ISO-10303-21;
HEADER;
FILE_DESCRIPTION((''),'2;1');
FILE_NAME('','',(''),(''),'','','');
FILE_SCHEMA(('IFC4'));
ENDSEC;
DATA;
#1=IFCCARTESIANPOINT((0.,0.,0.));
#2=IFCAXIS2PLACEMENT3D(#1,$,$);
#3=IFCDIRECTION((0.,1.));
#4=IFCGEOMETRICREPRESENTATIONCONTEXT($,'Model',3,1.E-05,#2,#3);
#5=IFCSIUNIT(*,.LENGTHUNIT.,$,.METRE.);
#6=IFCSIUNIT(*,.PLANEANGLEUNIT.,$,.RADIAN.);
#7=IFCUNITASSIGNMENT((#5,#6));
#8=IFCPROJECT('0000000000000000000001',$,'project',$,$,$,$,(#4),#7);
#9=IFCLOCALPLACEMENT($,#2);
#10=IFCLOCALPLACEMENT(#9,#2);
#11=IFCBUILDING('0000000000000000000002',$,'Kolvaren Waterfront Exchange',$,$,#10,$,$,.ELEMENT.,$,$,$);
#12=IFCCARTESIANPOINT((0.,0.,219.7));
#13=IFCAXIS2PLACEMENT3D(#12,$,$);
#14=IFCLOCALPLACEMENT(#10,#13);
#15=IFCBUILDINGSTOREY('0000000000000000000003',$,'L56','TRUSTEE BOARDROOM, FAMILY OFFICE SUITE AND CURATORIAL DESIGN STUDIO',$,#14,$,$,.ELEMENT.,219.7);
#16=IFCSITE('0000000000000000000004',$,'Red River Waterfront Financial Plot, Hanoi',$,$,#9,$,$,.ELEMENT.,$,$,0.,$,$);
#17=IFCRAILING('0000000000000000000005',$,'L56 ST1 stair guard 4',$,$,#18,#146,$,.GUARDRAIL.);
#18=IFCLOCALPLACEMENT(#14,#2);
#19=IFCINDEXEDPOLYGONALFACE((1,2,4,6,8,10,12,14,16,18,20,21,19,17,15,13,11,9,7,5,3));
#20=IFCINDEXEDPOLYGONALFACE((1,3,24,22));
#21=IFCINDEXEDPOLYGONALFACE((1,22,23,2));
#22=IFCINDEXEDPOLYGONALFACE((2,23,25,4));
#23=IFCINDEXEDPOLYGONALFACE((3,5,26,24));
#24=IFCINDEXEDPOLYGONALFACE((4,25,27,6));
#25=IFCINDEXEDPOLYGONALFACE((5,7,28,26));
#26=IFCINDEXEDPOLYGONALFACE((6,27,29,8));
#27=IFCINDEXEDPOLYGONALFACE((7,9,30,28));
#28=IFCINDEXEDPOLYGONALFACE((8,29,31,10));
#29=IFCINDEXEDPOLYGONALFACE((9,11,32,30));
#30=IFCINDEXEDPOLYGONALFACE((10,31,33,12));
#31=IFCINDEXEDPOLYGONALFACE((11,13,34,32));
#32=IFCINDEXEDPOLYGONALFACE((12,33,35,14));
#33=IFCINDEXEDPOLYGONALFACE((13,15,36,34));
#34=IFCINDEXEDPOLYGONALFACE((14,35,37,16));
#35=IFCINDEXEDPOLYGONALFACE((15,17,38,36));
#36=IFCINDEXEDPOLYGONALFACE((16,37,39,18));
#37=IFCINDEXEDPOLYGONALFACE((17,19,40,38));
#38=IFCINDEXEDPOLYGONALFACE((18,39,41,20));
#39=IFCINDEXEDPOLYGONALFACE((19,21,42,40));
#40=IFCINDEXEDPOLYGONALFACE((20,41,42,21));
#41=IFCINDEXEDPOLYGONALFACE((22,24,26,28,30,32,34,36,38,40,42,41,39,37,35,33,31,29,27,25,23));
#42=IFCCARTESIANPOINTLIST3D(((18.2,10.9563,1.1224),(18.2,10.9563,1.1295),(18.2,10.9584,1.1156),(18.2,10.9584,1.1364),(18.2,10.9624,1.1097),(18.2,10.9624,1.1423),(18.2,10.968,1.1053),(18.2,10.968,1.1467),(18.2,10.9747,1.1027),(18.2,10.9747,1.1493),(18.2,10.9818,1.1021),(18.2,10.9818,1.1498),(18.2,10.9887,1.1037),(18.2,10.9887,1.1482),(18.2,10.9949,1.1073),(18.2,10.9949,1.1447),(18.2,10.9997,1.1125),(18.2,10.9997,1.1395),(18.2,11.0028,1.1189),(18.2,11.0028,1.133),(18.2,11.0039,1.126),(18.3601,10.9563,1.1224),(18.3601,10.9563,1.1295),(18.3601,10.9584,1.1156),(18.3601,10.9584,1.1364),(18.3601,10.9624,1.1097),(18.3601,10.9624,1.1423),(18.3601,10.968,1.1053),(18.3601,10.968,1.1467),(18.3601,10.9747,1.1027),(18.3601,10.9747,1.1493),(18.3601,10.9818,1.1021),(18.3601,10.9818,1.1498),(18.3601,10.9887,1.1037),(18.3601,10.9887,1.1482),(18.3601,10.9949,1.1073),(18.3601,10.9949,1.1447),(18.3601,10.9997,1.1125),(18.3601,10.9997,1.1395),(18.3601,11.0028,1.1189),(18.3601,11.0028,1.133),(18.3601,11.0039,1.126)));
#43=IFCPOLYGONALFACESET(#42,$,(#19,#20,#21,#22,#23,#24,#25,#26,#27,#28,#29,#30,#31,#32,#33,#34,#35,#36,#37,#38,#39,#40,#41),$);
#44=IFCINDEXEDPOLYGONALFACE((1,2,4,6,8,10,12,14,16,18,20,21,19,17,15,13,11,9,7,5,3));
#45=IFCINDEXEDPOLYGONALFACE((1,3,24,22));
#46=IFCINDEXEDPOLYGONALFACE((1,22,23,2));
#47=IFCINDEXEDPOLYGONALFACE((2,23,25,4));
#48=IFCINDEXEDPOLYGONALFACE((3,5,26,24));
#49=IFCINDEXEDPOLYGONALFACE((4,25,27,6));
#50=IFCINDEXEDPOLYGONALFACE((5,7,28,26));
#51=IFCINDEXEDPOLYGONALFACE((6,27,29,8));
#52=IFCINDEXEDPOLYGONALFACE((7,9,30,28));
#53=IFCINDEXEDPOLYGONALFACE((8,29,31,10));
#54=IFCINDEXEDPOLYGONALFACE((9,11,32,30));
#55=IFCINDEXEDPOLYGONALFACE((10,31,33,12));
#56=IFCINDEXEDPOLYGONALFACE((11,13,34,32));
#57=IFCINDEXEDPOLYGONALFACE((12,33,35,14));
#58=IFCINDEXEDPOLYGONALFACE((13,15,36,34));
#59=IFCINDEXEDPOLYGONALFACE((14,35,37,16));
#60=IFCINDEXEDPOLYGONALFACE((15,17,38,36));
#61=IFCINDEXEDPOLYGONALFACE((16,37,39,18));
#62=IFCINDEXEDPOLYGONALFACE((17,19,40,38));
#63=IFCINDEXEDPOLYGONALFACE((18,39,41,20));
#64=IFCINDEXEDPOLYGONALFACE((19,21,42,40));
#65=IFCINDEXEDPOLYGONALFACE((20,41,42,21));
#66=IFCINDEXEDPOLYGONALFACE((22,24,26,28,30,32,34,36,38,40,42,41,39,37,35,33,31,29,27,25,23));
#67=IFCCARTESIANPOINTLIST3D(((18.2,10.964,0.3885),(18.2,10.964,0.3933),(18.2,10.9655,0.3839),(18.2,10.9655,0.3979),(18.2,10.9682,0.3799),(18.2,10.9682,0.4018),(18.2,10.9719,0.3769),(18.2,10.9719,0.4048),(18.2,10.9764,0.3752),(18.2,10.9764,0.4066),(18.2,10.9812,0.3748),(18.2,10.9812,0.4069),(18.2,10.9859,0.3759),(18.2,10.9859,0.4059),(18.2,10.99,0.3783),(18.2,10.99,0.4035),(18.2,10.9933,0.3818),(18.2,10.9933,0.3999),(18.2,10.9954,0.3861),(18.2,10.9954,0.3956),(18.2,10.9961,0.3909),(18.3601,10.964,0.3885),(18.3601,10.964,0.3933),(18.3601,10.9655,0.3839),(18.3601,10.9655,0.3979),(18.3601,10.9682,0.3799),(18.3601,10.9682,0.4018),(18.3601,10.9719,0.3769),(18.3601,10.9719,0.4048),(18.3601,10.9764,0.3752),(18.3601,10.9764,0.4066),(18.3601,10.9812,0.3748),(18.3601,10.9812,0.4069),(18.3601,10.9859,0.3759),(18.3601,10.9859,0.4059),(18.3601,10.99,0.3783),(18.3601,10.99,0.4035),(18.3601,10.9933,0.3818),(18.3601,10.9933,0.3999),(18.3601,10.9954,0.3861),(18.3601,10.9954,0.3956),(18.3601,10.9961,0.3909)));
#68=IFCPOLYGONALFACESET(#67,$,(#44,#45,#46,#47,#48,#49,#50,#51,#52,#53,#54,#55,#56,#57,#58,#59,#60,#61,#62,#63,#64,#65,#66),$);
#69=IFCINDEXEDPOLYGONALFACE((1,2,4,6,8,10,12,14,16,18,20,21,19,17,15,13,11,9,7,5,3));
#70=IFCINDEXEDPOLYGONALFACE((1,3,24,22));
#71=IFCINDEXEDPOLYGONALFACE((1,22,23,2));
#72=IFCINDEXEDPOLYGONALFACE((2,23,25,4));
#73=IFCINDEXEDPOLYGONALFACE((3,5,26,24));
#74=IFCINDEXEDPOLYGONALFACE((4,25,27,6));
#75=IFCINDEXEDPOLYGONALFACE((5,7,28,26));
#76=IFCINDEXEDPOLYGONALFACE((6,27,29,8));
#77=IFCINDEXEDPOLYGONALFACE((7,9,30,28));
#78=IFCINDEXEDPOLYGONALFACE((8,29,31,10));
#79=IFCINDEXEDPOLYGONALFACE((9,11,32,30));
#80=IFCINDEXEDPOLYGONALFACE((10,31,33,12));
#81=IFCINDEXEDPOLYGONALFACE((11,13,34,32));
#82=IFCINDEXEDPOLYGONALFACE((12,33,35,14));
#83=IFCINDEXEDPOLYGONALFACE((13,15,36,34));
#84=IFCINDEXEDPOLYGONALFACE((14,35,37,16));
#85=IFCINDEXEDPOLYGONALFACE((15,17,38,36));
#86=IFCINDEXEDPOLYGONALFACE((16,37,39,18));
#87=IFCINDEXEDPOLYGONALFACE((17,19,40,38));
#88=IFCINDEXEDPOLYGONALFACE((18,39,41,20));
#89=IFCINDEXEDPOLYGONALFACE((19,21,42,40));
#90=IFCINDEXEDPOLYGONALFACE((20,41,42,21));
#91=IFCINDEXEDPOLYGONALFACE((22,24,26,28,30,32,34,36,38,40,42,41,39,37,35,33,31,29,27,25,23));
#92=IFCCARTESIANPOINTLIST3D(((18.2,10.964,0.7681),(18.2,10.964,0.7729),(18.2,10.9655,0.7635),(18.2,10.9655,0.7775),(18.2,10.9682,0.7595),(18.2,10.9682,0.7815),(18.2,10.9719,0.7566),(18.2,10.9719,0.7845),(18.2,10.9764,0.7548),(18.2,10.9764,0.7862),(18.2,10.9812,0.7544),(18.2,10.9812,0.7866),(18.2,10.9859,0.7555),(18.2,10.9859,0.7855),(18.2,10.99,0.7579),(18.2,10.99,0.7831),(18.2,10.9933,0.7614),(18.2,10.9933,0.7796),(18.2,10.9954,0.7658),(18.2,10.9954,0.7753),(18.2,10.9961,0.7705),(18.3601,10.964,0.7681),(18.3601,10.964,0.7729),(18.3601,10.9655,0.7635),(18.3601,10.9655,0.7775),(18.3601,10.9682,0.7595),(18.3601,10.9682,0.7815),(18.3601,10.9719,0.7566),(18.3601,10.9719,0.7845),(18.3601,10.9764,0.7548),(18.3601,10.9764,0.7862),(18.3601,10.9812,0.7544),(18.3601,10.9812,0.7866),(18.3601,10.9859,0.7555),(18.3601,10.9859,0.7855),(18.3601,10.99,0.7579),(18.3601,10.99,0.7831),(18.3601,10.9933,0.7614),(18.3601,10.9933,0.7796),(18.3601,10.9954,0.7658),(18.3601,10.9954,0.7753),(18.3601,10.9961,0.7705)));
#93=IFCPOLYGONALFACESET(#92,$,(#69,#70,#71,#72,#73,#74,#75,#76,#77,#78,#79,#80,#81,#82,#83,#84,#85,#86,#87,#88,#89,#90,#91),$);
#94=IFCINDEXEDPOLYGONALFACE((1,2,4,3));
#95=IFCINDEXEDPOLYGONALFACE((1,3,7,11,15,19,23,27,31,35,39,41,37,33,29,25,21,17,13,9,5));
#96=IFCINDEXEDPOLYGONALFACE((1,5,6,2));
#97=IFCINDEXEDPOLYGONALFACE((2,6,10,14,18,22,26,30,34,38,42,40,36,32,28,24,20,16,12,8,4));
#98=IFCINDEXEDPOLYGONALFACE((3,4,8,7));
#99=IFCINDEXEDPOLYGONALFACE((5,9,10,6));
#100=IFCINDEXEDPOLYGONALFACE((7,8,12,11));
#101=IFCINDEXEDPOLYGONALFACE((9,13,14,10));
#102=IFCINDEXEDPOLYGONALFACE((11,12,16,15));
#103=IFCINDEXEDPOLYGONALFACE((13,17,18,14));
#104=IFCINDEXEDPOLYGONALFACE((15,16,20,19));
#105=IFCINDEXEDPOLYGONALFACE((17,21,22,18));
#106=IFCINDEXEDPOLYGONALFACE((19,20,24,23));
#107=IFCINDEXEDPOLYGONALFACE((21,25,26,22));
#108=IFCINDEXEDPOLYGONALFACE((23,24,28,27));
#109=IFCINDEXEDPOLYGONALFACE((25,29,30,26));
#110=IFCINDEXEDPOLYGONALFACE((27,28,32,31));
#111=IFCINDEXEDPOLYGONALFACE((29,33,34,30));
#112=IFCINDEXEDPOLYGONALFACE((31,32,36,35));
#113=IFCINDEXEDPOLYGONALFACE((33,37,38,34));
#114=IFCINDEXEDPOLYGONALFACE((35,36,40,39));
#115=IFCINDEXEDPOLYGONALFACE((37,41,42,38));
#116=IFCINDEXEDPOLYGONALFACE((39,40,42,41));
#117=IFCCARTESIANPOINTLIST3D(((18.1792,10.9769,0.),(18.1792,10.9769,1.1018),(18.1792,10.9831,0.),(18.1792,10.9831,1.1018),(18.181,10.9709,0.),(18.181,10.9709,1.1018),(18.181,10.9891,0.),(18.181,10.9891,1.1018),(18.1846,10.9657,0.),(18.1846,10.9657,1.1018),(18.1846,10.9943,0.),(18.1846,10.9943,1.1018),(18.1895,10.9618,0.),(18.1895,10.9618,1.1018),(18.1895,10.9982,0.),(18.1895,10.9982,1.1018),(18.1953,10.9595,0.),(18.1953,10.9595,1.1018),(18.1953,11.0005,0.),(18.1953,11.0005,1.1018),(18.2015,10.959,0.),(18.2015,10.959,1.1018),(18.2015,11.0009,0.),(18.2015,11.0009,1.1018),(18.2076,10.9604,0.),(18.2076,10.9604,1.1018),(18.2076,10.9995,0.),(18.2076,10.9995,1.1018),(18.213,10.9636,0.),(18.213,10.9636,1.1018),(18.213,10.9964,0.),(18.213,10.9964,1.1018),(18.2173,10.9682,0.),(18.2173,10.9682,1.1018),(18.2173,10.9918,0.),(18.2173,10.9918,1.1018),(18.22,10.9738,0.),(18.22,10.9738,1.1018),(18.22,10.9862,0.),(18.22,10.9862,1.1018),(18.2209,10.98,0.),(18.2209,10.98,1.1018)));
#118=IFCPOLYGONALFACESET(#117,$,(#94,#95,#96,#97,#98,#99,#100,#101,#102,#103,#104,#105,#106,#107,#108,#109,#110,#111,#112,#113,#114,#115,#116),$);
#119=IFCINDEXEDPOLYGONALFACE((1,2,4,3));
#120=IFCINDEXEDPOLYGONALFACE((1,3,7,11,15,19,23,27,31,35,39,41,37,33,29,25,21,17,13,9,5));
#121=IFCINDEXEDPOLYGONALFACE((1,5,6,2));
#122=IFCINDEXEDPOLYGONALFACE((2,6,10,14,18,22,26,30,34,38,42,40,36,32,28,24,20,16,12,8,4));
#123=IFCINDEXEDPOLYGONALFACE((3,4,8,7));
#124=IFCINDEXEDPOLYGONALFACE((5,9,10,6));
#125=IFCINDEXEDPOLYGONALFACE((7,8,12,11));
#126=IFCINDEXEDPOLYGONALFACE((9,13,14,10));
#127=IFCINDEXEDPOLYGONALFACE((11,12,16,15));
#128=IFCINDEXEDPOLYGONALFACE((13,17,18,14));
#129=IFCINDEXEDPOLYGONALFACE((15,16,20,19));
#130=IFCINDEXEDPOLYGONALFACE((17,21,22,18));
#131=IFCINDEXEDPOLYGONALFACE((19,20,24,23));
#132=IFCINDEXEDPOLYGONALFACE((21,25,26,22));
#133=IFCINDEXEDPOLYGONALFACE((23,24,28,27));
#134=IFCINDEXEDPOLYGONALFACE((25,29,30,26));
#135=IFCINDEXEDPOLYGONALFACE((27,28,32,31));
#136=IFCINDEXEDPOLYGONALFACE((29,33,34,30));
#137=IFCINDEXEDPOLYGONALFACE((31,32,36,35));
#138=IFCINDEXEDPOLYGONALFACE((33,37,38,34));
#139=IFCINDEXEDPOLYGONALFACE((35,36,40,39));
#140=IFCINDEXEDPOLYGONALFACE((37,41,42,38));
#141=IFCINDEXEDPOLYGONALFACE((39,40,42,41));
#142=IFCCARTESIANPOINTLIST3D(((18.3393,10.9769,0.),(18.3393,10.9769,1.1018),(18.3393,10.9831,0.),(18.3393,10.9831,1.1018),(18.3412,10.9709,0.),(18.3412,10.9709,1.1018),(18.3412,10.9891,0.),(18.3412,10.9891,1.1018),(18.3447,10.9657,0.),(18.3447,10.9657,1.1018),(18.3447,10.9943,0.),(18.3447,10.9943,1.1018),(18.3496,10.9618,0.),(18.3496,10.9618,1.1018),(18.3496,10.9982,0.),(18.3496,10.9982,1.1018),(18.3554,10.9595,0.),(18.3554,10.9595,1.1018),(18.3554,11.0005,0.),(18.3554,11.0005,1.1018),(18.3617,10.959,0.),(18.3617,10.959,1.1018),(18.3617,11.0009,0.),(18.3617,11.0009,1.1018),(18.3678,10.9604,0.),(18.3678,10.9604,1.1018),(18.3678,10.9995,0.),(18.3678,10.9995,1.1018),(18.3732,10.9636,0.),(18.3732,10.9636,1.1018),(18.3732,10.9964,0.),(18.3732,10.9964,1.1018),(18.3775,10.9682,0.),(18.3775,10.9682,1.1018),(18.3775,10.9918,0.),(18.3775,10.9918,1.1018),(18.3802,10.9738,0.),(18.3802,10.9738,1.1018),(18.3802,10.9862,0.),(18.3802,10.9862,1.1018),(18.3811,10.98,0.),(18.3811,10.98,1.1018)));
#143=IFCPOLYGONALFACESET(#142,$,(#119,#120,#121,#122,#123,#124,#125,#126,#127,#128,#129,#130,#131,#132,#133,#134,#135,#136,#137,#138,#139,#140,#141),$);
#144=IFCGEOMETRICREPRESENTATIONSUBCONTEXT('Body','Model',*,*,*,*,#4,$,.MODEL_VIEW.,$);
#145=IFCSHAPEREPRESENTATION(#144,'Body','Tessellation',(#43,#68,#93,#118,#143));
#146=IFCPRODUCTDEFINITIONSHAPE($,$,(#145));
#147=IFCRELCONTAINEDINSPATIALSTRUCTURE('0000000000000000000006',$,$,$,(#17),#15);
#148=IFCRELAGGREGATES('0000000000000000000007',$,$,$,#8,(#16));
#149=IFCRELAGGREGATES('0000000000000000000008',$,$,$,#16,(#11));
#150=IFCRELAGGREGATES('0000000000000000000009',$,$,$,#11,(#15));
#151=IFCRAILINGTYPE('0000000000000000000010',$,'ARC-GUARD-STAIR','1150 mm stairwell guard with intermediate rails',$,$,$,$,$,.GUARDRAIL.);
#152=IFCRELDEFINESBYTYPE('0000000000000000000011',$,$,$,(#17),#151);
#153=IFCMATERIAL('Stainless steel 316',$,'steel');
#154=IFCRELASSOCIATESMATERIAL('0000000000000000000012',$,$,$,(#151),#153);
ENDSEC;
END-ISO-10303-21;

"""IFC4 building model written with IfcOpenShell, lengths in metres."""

from ifc_helpers import new_model, si_unit, direction, frame, origin, origin_2d, place, context, subcontext, project, spatial, circle, extrude, material, type_object, element, save


model = new_model("IFC4")

# Units and contexts
model_context = context("Model", 3, precision=1e-05, world=origin(), true_north=direction((0.0, 1.0)))
body_context = subcontext(model_context, "Body", "Model", "MODEL_VIEW")
ifc_project = project(units=[si_unit("LENGTHUNIT", "METRE"), si_unit("PLANEANGLEUNIT", "RADIAN")], contexts=[model_context])

# Site, building, storey
site_placement = place(None, origin())
site = spatial("IfcSite", under=ifc_project, at=site_placement, Name="Red River Waterfront Financial Plot, Hanoi", CompositionType="ELEMENT", RefElevation=0.0)
building_placement = place(site_placement, origin())
building = spatial("IfcBuilding", under=site, at=building_placement, Name="Kolvaren Waterfront Exchange", CompositionType="ELEMENT")
storey_placement = place(building_placement, frame((0.0, 0.0, 219.7)))
storey = spatial("IfcBuildingStorey", under=building, at=storey_placement, Name="L56", Description="TRUSTEE BOARDROOM, FAMILY OFFICE SUITE AND CURATORIAL DESIGN STUDIO", CompositionType="ELEMENT", Elevation=219.7)

# Railing
ifc_material_1 = material(Name="Stainless steel 316", Category="steel")
railing_type_1 = type_object("IfcRailingType", Name="ARC-GUARD-STAIR", Description="1150 mm stairwell guard with intermediate rails", PredefinedType="GUARDRAIL", material=ifc_material_1)
railing_1_placement = place(storey_placement, frame((18.2, 10.98, 0.0)))
element("IfcRailing", 1, at=railing_1_placement, inside=storey, type_object=railing_type_1, Name="L56 ST1 stair guard 4", PredefinedType="GUARDRAIL", context=body_context, shape_type="SweptSolid", body=[
    extrude(circle(Radius=0.0239, at=origin_2d()), frame((0.0, 0.0, 1.126), z_axis=(1.0, 0.0, 0.0), x_axis=(0.0, 1.0, 0.0)), (0.0, 0.0, 1.0), 0.1602),
    extrude(circle(Radius=0.0161, at=origin_2d()), frame((0.0, 0.0, 0.3909), z_axis=(1.0, 0.0, 0.0), x_axis=(0.0, 1.0, 0.0)), (0.0, 0.0, 1.0), 0.1602),
    extrude(circle(Radius=0.0161, at=origin_2d()), frame((0.0, 0.0, 0.7705), z_axis=(1.0, 0.0, 0.0), x_axis=(0.0, 1.0, 0.0)), (0.0, 0.0, 1.0), 0.1602),
    extrude(circle(Radius=0.021, at=origin_2d()), origin(), (0.0, 0.0, 1.0), 1.1018),
    extrude(circle(Radius=0.021, at=origin_2d()), frame((0.1602, 0.0, 0.0)), (0.0, 0.0, 1.0), 1.1018),
])

save(model, "model.ifc")
